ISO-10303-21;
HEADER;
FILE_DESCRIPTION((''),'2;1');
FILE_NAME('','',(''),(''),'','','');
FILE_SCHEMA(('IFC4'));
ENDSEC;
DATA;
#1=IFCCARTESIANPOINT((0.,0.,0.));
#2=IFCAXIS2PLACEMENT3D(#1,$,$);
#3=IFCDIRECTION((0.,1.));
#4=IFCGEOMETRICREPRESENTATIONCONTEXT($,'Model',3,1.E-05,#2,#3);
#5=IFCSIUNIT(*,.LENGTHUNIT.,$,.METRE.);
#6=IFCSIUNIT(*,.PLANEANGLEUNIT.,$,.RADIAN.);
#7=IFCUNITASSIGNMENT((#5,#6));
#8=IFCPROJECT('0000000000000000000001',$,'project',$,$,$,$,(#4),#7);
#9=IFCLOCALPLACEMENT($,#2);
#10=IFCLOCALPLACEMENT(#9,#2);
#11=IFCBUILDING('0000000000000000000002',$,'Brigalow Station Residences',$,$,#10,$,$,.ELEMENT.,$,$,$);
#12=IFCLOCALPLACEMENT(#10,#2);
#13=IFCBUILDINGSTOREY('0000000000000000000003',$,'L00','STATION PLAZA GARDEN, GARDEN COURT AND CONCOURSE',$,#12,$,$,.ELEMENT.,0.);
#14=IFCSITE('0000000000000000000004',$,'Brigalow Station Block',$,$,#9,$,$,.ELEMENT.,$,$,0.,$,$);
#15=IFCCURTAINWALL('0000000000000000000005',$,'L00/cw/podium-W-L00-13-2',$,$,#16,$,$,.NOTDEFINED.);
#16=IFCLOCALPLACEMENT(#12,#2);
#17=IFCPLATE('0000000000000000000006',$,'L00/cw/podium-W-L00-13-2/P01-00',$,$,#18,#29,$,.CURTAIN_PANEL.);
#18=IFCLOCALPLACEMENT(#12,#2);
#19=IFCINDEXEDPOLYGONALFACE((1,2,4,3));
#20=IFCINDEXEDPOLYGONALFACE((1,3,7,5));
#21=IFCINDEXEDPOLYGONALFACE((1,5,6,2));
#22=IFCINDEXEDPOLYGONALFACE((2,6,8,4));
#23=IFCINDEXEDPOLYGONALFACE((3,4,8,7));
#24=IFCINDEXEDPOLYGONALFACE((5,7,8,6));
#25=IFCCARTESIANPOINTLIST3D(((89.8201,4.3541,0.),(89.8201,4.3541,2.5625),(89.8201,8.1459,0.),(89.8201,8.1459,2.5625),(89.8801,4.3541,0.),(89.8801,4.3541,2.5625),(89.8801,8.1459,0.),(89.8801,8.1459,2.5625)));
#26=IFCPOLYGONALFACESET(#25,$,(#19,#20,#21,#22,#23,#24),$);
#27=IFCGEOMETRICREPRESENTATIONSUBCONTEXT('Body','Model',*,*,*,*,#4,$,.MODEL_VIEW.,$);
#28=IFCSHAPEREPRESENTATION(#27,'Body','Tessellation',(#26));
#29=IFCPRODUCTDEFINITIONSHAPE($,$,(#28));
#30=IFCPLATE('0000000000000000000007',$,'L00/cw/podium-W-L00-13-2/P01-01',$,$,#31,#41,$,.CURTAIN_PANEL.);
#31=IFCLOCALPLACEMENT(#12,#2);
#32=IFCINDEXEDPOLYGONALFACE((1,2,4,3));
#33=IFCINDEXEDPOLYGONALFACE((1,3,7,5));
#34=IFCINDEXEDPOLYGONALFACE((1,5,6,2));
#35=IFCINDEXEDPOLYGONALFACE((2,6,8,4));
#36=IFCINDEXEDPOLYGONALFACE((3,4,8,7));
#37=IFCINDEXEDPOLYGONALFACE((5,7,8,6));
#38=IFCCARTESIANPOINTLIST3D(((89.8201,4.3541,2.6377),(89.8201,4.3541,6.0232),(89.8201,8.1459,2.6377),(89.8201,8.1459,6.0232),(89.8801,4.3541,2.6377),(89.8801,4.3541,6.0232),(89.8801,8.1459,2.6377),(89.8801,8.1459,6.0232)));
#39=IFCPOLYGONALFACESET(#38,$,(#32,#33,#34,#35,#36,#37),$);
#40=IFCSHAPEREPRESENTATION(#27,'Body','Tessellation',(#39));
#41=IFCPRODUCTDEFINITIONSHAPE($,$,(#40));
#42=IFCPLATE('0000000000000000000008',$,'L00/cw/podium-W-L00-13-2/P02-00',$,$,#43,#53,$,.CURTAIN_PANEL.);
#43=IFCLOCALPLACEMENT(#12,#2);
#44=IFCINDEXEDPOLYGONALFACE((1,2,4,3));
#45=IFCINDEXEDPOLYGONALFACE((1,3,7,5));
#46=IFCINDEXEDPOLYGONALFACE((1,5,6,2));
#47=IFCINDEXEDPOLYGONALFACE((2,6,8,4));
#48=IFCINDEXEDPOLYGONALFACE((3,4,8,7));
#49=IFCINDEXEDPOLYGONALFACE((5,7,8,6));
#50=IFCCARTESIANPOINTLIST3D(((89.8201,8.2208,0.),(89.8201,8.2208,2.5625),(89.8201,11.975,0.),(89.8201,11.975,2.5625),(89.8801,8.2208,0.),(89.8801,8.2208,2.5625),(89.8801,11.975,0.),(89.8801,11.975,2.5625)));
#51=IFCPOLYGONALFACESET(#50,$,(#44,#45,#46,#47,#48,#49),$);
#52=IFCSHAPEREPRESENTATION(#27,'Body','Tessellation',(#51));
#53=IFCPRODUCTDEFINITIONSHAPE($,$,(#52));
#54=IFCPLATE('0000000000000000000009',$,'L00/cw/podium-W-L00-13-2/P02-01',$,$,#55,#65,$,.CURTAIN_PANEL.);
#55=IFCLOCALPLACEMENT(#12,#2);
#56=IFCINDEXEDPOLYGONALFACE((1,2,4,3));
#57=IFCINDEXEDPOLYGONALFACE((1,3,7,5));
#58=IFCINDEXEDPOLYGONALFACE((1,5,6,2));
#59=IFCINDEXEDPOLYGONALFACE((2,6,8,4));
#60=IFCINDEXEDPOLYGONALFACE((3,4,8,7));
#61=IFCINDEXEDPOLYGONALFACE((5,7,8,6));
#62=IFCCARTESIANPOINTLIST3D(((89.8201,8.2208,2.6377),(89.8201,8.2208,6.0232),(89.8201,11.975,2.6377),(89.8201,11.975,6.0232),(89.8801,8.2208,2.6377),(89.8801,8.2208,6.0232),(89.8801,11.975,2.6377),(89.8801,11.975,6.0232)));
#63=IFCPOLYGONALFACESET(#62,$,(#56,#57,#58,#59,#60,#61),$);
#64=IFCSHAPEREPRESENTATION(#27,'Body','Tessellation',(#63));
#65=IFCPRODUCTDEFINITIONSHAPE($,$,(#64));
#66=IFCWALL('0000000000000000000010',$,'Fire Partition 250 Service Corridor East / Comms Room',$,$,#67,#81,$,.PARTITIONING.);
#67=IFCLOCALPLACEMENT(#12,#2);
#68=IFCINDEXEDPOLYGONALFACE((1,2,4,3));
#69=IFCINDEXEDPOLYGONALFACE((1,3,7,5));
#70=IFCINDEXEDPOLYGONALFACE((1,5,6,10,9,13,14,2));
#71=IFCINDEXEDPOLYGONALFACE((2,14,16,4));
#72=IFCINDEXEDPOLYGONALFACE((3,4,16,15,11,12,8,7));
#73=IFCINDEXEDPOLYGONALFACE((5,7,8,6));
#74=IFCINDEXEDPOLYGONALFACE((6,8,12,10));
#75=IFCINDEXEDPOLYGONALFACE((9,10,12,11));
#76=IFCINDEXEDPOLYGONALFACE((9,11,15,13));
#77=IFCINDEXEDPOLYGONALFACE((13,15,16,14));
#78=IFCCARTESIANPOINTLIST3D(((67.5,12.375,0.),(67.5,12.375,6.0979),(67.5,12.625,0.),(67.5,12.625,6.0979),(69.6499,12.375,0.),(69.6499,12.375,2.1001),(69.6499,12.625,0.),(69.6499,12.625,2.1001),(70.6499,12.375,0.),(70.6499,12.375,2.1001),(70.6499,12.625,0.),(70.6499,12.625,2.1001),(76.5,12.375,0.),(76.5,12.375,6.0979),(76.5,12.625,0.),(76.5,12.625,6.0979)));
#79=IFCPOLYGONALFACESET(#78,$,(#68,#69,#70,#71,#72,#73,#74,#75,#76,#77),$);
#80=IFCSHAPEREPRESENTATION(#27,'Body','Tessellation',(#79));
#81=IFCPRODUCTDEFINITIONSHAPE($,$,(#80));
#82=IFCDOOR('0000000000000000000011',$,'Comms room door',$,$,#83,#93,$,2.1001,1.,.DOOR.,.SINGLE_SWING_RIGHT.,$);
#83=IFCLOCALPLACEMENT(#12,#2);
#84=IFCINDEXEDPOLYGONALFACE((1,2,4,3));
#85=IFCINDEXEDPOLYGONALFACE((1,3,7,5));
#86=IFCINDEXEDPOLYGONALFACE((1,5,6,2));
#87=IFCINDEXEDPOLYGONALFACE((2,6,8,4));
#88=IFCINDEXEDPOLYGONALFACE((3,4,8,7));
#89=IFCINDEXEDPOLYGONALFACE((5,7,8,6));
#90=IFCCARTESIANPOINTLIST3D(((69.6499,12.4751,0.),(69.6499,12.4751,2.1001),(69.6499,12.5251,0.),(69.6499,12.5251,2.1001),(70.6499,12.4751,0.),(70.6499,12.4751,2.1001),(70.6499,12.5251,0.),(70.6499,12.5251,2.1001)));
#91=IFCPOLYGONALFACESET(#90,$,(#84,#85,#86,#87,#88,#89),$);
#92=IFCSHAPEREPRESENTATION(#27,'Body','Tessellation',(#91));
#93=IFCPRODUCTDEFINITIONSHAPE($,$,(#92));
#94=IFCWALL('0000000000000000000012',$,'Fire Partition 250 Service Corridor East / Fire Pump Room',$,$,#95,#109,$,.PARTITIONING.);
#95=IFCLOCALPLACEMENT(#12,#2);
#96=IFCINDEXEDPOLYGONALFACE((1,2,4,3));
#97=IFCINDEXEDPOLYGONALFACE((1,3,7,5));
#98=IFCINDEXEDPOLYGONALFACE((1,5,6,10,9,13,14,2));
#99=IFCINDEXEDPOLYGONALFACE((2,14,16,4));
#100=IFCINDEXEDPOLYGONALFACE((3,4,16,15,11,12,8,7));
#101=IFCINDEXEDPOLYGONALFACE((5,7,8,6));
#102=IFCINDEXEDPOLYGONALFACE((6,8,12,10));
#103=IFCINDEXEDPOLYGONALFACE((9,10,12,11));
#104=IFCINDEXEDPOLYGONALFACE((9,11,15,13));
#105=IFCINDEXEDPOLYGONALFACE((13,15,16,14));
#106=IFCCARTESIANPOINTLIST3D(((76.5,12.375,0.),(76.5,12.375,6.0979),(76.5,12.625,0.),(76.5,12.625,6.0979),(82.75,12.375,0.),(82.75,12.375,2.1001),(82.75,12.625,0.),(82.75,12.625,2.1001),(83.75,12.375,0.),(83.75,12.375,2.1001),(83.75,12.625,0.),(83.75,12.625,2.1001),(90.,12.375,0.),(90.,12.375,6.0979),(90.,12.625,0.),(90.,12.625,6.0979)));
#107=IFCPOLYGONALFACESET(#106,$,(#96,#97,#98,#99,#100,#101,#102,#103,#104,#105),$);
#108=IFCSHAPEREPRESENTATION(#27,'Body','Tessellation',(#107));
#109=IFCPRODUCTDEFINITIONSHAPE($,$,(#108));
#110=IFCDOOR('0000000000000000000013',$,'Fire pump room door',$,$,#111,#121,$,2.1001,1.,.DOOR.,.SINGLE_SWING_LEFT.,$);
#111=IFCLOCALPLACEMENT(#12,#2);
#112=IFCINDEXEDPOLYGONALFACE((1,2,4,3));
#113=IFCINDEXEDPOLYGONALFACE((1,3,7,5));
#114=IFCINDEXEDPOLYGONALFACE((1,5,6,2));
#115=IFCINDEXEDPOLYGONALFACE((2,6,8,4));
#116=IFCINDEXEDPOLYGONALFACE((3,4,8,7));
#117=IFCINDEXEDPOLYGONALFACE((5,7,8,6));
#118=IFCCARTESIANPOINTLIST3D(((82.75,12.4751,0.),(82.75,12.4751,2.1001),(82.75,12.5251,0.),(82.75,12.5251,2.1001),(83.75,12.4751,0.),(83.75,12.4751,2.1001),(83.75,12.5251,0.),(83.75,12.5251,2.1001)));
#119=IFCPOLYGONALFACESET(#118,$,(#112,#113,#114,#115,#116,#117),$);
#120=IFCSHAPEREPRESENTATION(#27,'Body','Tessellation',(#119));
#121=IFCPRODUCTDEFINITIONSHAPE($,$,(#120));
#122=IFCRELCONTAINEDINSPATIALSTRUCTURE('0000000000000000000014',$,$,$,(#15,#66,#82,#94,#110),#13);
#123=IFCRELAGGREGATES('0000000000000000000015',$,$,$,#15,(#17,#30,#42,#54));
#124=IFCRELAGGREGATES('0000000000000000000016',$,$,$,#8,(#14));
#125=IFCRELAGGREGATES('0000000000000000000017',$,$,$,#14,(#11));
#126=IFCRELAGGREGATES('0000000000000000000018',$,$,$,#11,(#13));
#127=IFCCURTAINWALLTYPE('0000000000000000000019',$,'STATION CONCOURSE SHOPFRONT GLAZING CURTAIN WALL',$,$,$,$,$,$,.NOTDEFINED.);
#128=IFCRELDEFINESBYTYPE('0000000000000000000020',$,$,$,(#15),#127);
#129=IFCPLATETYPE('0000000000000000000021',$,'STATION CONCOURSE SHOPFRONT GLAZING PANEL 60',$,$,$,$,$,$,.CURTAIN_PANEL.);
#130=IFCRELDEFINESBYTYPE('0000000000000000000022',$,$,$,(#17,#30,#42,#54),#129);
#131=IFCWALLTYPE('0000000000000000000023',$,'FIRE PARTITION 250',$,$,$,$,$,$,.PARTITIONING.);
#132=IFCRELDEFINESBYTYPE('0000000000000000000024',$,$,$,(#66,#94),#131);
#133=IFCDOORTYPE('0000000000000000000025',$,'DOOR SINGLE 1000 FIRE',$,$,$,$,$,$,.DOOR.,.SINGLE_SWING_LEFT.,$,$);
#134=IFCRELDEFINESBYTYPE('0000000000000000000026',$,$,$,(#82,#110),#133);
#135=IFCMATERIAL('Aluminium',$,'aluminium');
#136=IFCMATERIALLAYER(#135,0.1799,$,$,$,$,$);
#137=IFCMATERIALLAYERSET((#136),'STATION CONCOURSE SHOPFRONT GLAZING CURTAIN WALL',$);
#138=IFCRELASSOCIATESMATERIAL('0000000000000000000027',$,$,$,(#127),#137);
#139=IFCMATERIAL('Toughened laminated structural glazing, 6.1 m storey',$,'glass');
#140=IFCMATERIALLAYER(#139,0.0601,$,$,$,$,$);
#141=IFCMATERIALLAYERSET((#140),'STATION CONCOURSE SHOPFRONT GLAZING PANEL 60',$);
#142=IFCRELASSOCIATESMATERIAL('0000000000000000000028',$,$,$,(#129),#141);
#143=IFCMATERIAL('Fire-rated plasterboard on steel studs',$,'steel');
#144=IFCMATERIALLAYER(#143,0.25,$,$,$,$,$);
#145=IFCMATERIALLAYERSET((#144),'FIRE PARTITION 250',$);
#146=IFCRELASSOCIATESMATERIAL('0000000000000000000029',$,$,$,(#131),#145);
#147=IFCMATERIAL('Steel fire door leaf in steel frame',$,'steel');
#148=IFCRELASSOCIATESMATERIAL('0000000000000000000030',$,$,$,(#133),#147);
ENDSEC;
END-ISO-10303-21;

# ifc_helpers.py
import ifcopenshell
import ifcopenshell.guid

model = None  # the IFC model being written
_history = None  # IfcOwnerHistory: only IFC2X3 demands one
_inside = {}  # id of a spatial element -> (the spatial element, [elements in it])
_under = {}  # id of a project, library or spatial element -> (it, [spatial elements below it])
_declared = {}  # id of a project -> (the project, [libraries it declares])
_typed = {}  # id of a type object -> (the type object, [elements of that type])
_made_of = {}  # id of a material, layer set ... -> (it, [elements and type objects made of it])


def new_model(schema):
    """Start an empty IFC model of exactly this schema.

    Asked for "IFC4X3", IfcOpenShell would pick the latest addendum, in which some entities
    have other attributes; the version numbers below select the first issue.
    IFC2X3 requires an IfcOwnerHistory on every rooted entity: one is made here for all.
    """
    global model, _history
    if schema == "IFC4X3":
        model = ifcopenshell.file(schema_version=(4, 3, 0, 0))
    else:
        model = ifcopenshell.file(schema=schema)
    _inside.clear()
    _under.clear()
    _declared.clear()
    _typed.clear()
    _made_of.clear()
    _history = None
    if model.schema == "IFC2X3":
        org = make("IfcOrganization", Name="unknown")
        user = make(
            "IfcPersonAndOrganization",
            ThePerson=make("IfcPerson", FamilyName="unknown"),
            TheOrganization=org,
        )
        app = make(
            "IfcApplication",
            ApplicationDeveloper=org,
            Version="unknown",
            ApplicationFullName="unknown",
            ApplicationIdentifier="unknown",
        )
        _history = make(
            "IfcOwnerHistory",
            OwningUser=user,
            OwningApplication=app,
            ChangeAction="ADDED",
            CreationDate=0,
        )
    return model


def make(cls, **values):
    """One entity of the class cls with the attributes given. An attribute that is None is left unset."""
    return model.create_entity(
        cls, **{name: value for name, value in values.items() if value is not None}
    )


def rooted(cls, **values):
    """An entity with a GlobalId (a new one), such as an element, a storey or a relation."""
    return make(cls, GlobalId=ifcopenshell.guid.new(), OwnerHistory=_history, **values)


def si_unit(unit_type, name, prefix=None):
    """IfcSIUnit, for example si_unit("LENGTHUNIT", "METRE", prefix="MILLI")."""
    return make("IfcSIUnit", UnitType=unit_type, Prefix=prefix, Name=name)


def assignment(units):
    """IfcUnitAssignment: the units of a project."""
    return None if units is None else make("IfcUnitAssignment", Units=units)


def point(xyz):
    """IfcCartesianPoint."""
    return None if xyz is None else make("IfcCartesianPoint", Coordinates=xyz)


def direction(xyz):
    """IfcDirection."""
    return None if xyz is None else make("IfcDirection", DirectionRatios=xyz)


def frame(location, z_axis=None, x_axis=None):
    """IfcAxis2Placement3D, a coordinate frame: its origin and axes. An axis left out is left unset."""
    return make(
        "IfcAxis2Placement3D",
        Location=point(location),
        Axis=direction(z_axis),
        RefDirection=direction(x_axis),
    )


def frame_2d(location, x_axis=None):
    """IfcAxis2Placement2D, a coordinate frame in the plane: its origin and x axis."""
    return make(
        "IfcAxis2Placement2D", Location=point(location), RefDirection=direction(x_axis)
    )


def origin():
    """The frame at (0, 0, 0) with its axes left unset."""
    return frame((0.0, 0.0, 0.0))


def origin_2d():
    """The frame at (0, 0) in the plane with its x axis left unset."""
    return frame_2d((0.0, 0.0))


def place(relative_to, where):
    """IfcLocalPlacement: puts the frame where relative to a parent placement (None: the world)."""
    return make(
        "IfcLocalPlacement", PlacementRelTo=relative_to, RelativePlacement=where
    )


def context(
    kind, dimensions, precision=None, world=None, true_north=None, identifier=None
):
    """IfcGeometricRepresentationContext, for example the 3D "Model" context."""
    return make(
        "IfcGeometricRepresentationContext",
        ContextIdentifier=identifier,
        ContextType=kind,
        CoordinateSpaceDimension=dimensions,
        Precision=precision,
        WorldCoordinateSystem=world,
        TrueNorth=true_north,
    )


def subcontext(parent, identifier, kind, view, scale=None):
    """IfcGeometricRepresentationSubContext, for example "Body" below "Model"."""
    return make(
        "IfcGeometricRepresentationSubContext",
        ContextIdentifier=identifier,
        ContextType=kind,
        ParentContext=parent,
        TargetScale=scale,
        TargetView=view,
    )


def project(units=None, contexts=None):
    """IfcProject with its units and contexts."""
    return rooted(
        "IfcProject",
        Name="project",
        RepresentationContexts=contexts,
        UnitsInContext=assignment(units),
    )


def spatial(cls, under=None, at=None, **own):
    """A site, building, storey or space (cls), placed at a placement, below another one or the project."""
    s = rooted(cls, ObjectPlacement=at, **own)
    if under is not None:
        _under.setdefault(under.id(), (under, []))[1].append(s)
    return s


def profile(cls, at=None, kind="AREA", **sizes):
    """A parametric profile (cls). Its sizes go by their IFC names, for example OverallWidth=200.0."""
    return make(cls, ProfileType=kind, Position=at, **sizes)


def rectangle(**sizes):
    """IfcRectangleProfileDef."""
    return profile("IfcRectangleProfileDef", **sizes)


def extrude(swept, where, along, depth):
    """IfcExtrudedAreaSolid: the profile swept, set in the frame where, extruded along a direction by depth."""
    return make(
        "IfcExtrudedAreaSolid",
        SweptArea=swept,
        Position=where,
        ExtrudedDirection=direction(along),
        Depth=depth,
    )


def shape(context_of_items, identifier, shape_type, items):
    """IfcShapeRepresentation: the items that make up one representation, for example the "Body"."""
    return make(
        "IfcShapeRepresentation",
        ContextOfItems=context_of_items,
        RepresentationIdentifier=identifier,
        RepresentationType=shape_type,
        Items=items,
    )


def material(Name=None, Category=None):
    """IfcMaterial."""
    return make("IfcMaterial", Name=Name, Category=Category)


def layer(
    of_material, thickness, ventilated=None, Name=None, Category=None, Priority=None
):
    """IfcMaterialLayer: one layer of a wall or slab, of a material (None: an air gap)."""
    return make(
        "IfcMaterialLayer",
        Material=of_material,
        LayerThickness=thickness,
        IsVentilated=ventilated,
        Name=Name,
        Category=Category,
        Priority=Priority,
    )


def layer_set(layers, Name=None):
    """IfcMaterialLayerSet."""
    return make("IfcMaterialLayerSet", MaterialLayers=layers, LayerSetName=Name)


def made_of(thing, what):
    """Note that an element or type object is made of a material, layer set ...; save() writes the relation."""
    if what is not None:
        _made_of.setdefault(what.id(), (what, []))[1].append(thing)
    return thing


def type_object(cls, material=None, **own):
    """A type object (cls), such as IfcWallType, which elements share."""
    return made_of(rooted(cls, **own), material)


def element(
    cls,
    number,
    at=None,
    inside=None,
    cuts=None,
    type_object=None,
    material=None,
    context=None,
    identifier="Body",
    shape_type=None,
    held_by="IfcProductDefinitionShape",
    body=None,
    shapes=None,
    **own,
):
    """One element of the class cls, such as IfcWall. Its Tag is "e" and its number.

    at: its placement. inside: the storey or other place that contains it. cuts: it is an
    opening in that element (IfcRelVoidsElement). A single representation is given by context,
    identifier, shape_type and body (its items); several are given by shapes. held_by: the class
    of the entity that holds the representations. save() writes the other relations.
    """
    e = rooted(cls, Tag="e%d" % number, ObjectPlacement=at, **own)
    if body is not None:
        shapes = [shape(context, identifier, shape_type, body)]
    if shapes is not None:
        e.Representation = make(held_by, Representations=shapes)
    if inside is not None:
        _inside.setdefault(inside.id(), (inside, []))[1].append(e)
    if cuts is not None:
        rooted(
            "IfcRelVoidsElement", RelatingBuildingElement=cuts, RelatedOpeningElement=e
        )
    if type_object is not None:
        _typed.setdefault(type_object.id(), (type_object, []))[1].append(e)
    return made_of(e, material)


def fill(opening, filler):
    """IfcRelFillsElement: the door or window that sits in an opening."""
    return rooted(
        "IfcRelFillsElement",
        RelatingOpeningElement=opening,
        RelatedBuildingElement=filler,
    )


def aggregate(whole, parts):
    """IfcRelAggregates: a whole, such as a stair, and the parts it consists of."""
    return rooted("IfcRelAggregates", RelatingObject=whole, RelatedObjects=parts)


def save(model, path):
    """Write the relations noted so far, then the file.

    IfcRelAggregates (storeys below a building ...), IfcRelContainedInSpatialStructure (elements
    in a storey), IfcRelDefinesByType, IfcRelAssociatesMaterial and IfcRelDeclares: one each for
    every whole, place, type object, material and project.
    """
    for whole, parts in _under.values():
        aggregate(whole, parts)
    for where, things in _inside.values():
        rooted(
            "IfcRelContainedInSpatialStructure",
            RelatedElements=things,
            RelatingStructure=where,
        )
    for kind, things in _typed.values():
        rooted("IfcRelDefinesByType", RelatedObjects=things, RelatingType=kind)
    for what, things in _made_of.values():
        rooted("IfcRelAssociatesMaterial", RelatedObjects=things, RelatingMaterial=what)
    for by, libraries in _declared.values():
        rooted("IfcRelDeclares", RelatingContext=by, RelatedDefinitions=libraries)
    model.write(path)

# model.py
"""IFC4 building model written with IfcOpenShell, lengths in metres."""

from ifc_helpers import new_model, si_unit, direction, frame, frame_2d, origin, origin_2d, place, context, subcontext, project, spatial, rectangle, extrude, material, layer, layer_set, type_object, element, fill, aggregate, save


model = new_model("IFC4")

# Units and contexts
model_context = context("Model", 3, precision=1e-05, world=origin(), true_north=direction((0.0, 1.0)))
body_context = subcontext(model_context, "Body", "Model", "MODEL_VIEW")
ifc_project = project(units=[si_unit("LENGTHUNIT", "METRE"), si_unit("PLANEANGLEUNIT", "RADIAN")], contexts=[model_context])

# Site, building, storey
site_placement = place(None, origin())
site = spatial("IfcSite", under=ifc_project, at=site_placement, Name="Brigalow Station Block", CompositionType="ELEMENT", RefElevation=0.0)
building_placement = place(site_placement, origin())
building = spatial("IfcBuilding", under=site, at=building_placement, Name="Brigalow Station Residences", CompositionType="ELEMENT")
storey_placement = place(building_placement, origin())
storey = spatial("IfcBuildingStorey", under=building, at=storey_placement, Name="L00", Description="STATION PLAZA GARDEN, GARDEN COURT AND CONCOURSE", CompositionType="ELEMENT", Elevation=0.0)

# Curtain wall, plates
ifc_material_1 = material(Name="Aluminium", Category="aluminium")
ifc_layer_1 = layer(ifc_material_1, 0.1799)
ifc_layer_set_1 = layer_set([ifc_layer_1], Name="STATION CONCOURSE SHOPFRONT GLAZING CURTAIN WALL")
curtain_wall_type = type_object("IfcCurtainWallType", Name="STATION CONCOURSE SHOPFRONT GLAZING CURTAIN WALL", PredefinedType="NOTDEFINED", material=ifc_layer_set_1)
curtain_wall_placement = place(storey_placement, origin())
curtain_wall = element("IfcCurtainWall", 1, at=curtain_wall_placement, inside=storey, type_object=curtain_wall_type, Name="L00/cw/podium-W-L00-13-2", PredefinedType="NOTDEFINED")
ifc_material_2 = material(Name="Toughened laminated structural glazing, 6.1 m storey", Category="glass")
ifc_layer_2 = layer(ifc_material_2, 0.0601)
ifc_layer_set_2 = layer_set([ifc_layer_2], Name="STATION CONCOURSE SHOPFRONT GLAZING PANEL 60")
plate_type = type_object("IfcPlateType", Name="STATION CONCOURSE SHOPFRONT GLAZING PANEL 60", PredefinedType="CURTAIN_PANEL", material=ifc_layer_set_2)
plate_1_placement = place(storey_placement, frame((89.8501, 6.25, 0.0), z_axis=(0.0, 0.0, 1.0), x_axis=(0.0, 1.0, 0.0)))
plate_1 = element("IfcPlate", 2, at=plate_1_placement, type_object=plate_type, Name="L00/cw/podium-W-L00-13-2/P01-00", PredefinedType="CURTAIN_PANEL", context=body_context, shape_type="SweptSolid", body=[
    extrude(rectangle(XDim=3.7917, YDim=0.0601, at=origin_2d()), origin(), (0.0, 0.0, 1.0), 2.5625),
])
plate_2_placement = place(storey_placement, frame((89.8501, 6.25, 2.6377), z_axis=(0.0, 0.0, 1.0), x_axis=(0.0, 1.0, 0.0)))
plate_2 = element("IfcPlate", 3, at=plate_2_placement, type_object=plate_type, Name="L00/cw/podium-W-L00-13-2/P01-01", PredefinedType="CURTAIN_PANEL", context=body_context, shape_type="SweptSolid", body=[
    extrude(rectangle(XDim=3.7917, YDim=0.0601, at=origin_2d()), origin(), (0.0, 0.0, 1.0), 3.3855),
])
plate_3_placement = place(storey_placement, frame((89.8501, 10.0979, 0.0), z_axis=(0.0, 0.0, 1.0), x_axis=(0.0, 1.0, 0.0)))
plate_3 = element("IfcPlate", 4, at=plate_3_placement, type_object=plate_type, Name="L00/cw/podium-W-L00-13-2/P02-00", PredefinedType="CURTAIN_PANEL", context=body_context, shape_type="SweptSolid", body=[
    extrude(rectangle(XDim=3.7542, YDim=0.0601, at=origin_2d()), origin(), (0.0, 0.0, 1.0), 2.5625),
])
plate_4_placement = place(storey_placement, frame((89.8501, 10.0979, 2.6377), z_axis=(0.0, 0.0, 1.0), x_axis=(0.0, 1.0, 0.0)))
plate_4 = element("IfcPlate", 5, at=plate_4_placement, type_object=plate_type, Name="L00/cw/podium-W-L00-13-2/P02-01", PredefinedType="CURTAIN_PANEL", context=body_context, shape_type="SweptSolid", body=[
    extrude(rectangle(XDim=3.7542, YDim=0.0601, at=origin_2d()), origin(), (0.0, 0.0, 1.0), 3.3855),
])
aggregate(curtain_wall, [plate_1, plate_2, plate_3, plate_4])

# Walls, openings, doors
ifc_material_3 = material(Name="Fire-rated plasterboard on steel studs", Category="steel")
ifc_layer_3 = layer(ifc_material_3, 0.25)
ifc_layer_set_3 = layer_set([ifc_layer_3], Name="FIRE PARTITION 250")
wall_type_1 = type_object("IfcWallType", Name="FIRE PARTITION 250", PredefinedType="PARTITIONING", material=ifc_layer_set_3)
wall_1_placement = place(storey_placement, frame((67.5, 12.5, 0.0), z_axis=(0.0, 0.0, 1.0), x_axis=(1.0, 0.0, 0.0)))
wall_1 = element("IfcWall", 6, at=wall_1_placement, inside=storey, type_object=wall_type_1, Name="Fire Partition 250 Service Corridor East / Comms Room", PredefinedType="PARTITIONING", context=body_context, shape_type="SweptSolid", body=[
    extrude(rectangle(XDim=9.0, YDim=0.25, at=frame_2d((4.5, 0.0))), origin(), (0.0, 0.0, 1.0), 6.0979),
])
opening_1_placement = place(wall_1_placement, frame((2.1499, 0.0, 0.0)))
opening_1 = element("IfcOpeningElement", 7, at=opening_1_placement, cuts=wall_1, PredefinedType="OPENING", context=body_context, shape_type="SweptSolid", body=[
    extrude(rectangle(XDim=1.0, YDim=2.1001, at=frame_2d((0.5, 1.05))), frame((0.0, 0.135, 0.0), z_axis=(0.0, -1.0, 0.0), x_axis=(1.0, 0.0, 0.0)), (0.0, 0.0, 1.0), 0.27),
])
ifc_material_4 = material(Name="Steel fire door leaf in steel frame", Category="steel")
door_type_1 = type_object("IfcDoorType", Name="DOOR SINGLE 1000 FIRE", OperationType="SINGLE_SWING_LEFT", PredefinedType="DOOR", material=ifc_material_4)
door_1_placement = place(opening_1_placement, frame((1.0, 0.0, 0.0), z_axis=(0.0, 0.0, 1.0), x_axis=(-1.0, 0.0, 0.0)))
door_1 = element("IfcDoor", 8, at=door_1_placement, inside=storey, type_object=door_type_1, Name="Comms room door", OperationType="SINGLE_SWING_RIGHT", OverallHeight=2.1001, OverallWidth=1.0, PredefinedType="DOOR", context=body_context, shape_type="SweptSolid", body=[
    extrude(rectangle(XDim=1.0, YDim=2.1001, at=frame_2d((0.5, 1.05))), frame((0.0, 0.0249, 0.0), z_axis=(0.0, -1.0, 0.0), x_axis=(1.0, 0.0, 0.0)), (0.0, 0.0, 1.0), 0.05),
])
fill(opening_1, door_1)
wall_2_placement = place(storey_placement, frame((76.5, 12.5, 0.0), z_axis=(0.0, 0.0, 1.0), x_axis=(1.0, 0.0, 0.0)))
wall_2 = element("IfcWall", 9, at=wall_2_placement, inside=storey, type_object=wall_type_1, Name="Fire Partition 250 Service Corridor East / Fire Pump Room", PredefinedType="PARTITIONING", context=body_context, shape_type="SweptSolid", body=[
    extrude(rectangle(XDim=13.5, YDim=0.25, at=frame_2d((6.75, 0.0))), origin(), (0.0, 0.0, 1.0), 6.0979),
])
opening_2_placement = place(wall_2_placement, frame((6.25, 0.0, 0.0)))
opening_2 = element("IfcOpeningElement", 10, at=opening_2_placement, cuts=wall_2, PredefinedType="OPENING", context=body_context, shape_type="SweptSolid", body=[
    extrude(rectangle(XDim=1.0, YDim=2.1001, at=frame_2d((0.5, 1.05))), frame((0.0, 0.135, 0.0), z_axis=(0.0, -1.0, 0.0), x_axis=(1.0, 0.0, 0.0)), (0.0, 0.0, 1.0), 0.27),
])
door_2_placement = place(opening_2_placement, frame((1.0, 0.0, 0.0), z_axis=(0.0, 0.0, 1.0), x_axis=(-1.0, 0.0, 0.0)))
door_2 = element("IfcDoor", 11, at=door_2_placement, inside=storey, type_object=door_type_1, Name="Fire pump room door", OperationType="SINGLE_SWING_LEFT", OverallHeight=2.1001, OverallWidth=1.0, PredefinedType="DOOR", context=body_context, shape_type="SweptSolid", body=[
    extrude(rectangle(XDim=1.0, YDim=2.1001, at=frame_2d((0.5, 1.05))), frame((0.0, 0.0249, 0.0), z_axis=(0.0, -1.0, 0.0), x_axis=(1.0, 0.0, 0.0)), (0.0, 0.0, 1.0), 0.05),
])
fill(opening_2, door_2)

save(model, "model.ifc")
